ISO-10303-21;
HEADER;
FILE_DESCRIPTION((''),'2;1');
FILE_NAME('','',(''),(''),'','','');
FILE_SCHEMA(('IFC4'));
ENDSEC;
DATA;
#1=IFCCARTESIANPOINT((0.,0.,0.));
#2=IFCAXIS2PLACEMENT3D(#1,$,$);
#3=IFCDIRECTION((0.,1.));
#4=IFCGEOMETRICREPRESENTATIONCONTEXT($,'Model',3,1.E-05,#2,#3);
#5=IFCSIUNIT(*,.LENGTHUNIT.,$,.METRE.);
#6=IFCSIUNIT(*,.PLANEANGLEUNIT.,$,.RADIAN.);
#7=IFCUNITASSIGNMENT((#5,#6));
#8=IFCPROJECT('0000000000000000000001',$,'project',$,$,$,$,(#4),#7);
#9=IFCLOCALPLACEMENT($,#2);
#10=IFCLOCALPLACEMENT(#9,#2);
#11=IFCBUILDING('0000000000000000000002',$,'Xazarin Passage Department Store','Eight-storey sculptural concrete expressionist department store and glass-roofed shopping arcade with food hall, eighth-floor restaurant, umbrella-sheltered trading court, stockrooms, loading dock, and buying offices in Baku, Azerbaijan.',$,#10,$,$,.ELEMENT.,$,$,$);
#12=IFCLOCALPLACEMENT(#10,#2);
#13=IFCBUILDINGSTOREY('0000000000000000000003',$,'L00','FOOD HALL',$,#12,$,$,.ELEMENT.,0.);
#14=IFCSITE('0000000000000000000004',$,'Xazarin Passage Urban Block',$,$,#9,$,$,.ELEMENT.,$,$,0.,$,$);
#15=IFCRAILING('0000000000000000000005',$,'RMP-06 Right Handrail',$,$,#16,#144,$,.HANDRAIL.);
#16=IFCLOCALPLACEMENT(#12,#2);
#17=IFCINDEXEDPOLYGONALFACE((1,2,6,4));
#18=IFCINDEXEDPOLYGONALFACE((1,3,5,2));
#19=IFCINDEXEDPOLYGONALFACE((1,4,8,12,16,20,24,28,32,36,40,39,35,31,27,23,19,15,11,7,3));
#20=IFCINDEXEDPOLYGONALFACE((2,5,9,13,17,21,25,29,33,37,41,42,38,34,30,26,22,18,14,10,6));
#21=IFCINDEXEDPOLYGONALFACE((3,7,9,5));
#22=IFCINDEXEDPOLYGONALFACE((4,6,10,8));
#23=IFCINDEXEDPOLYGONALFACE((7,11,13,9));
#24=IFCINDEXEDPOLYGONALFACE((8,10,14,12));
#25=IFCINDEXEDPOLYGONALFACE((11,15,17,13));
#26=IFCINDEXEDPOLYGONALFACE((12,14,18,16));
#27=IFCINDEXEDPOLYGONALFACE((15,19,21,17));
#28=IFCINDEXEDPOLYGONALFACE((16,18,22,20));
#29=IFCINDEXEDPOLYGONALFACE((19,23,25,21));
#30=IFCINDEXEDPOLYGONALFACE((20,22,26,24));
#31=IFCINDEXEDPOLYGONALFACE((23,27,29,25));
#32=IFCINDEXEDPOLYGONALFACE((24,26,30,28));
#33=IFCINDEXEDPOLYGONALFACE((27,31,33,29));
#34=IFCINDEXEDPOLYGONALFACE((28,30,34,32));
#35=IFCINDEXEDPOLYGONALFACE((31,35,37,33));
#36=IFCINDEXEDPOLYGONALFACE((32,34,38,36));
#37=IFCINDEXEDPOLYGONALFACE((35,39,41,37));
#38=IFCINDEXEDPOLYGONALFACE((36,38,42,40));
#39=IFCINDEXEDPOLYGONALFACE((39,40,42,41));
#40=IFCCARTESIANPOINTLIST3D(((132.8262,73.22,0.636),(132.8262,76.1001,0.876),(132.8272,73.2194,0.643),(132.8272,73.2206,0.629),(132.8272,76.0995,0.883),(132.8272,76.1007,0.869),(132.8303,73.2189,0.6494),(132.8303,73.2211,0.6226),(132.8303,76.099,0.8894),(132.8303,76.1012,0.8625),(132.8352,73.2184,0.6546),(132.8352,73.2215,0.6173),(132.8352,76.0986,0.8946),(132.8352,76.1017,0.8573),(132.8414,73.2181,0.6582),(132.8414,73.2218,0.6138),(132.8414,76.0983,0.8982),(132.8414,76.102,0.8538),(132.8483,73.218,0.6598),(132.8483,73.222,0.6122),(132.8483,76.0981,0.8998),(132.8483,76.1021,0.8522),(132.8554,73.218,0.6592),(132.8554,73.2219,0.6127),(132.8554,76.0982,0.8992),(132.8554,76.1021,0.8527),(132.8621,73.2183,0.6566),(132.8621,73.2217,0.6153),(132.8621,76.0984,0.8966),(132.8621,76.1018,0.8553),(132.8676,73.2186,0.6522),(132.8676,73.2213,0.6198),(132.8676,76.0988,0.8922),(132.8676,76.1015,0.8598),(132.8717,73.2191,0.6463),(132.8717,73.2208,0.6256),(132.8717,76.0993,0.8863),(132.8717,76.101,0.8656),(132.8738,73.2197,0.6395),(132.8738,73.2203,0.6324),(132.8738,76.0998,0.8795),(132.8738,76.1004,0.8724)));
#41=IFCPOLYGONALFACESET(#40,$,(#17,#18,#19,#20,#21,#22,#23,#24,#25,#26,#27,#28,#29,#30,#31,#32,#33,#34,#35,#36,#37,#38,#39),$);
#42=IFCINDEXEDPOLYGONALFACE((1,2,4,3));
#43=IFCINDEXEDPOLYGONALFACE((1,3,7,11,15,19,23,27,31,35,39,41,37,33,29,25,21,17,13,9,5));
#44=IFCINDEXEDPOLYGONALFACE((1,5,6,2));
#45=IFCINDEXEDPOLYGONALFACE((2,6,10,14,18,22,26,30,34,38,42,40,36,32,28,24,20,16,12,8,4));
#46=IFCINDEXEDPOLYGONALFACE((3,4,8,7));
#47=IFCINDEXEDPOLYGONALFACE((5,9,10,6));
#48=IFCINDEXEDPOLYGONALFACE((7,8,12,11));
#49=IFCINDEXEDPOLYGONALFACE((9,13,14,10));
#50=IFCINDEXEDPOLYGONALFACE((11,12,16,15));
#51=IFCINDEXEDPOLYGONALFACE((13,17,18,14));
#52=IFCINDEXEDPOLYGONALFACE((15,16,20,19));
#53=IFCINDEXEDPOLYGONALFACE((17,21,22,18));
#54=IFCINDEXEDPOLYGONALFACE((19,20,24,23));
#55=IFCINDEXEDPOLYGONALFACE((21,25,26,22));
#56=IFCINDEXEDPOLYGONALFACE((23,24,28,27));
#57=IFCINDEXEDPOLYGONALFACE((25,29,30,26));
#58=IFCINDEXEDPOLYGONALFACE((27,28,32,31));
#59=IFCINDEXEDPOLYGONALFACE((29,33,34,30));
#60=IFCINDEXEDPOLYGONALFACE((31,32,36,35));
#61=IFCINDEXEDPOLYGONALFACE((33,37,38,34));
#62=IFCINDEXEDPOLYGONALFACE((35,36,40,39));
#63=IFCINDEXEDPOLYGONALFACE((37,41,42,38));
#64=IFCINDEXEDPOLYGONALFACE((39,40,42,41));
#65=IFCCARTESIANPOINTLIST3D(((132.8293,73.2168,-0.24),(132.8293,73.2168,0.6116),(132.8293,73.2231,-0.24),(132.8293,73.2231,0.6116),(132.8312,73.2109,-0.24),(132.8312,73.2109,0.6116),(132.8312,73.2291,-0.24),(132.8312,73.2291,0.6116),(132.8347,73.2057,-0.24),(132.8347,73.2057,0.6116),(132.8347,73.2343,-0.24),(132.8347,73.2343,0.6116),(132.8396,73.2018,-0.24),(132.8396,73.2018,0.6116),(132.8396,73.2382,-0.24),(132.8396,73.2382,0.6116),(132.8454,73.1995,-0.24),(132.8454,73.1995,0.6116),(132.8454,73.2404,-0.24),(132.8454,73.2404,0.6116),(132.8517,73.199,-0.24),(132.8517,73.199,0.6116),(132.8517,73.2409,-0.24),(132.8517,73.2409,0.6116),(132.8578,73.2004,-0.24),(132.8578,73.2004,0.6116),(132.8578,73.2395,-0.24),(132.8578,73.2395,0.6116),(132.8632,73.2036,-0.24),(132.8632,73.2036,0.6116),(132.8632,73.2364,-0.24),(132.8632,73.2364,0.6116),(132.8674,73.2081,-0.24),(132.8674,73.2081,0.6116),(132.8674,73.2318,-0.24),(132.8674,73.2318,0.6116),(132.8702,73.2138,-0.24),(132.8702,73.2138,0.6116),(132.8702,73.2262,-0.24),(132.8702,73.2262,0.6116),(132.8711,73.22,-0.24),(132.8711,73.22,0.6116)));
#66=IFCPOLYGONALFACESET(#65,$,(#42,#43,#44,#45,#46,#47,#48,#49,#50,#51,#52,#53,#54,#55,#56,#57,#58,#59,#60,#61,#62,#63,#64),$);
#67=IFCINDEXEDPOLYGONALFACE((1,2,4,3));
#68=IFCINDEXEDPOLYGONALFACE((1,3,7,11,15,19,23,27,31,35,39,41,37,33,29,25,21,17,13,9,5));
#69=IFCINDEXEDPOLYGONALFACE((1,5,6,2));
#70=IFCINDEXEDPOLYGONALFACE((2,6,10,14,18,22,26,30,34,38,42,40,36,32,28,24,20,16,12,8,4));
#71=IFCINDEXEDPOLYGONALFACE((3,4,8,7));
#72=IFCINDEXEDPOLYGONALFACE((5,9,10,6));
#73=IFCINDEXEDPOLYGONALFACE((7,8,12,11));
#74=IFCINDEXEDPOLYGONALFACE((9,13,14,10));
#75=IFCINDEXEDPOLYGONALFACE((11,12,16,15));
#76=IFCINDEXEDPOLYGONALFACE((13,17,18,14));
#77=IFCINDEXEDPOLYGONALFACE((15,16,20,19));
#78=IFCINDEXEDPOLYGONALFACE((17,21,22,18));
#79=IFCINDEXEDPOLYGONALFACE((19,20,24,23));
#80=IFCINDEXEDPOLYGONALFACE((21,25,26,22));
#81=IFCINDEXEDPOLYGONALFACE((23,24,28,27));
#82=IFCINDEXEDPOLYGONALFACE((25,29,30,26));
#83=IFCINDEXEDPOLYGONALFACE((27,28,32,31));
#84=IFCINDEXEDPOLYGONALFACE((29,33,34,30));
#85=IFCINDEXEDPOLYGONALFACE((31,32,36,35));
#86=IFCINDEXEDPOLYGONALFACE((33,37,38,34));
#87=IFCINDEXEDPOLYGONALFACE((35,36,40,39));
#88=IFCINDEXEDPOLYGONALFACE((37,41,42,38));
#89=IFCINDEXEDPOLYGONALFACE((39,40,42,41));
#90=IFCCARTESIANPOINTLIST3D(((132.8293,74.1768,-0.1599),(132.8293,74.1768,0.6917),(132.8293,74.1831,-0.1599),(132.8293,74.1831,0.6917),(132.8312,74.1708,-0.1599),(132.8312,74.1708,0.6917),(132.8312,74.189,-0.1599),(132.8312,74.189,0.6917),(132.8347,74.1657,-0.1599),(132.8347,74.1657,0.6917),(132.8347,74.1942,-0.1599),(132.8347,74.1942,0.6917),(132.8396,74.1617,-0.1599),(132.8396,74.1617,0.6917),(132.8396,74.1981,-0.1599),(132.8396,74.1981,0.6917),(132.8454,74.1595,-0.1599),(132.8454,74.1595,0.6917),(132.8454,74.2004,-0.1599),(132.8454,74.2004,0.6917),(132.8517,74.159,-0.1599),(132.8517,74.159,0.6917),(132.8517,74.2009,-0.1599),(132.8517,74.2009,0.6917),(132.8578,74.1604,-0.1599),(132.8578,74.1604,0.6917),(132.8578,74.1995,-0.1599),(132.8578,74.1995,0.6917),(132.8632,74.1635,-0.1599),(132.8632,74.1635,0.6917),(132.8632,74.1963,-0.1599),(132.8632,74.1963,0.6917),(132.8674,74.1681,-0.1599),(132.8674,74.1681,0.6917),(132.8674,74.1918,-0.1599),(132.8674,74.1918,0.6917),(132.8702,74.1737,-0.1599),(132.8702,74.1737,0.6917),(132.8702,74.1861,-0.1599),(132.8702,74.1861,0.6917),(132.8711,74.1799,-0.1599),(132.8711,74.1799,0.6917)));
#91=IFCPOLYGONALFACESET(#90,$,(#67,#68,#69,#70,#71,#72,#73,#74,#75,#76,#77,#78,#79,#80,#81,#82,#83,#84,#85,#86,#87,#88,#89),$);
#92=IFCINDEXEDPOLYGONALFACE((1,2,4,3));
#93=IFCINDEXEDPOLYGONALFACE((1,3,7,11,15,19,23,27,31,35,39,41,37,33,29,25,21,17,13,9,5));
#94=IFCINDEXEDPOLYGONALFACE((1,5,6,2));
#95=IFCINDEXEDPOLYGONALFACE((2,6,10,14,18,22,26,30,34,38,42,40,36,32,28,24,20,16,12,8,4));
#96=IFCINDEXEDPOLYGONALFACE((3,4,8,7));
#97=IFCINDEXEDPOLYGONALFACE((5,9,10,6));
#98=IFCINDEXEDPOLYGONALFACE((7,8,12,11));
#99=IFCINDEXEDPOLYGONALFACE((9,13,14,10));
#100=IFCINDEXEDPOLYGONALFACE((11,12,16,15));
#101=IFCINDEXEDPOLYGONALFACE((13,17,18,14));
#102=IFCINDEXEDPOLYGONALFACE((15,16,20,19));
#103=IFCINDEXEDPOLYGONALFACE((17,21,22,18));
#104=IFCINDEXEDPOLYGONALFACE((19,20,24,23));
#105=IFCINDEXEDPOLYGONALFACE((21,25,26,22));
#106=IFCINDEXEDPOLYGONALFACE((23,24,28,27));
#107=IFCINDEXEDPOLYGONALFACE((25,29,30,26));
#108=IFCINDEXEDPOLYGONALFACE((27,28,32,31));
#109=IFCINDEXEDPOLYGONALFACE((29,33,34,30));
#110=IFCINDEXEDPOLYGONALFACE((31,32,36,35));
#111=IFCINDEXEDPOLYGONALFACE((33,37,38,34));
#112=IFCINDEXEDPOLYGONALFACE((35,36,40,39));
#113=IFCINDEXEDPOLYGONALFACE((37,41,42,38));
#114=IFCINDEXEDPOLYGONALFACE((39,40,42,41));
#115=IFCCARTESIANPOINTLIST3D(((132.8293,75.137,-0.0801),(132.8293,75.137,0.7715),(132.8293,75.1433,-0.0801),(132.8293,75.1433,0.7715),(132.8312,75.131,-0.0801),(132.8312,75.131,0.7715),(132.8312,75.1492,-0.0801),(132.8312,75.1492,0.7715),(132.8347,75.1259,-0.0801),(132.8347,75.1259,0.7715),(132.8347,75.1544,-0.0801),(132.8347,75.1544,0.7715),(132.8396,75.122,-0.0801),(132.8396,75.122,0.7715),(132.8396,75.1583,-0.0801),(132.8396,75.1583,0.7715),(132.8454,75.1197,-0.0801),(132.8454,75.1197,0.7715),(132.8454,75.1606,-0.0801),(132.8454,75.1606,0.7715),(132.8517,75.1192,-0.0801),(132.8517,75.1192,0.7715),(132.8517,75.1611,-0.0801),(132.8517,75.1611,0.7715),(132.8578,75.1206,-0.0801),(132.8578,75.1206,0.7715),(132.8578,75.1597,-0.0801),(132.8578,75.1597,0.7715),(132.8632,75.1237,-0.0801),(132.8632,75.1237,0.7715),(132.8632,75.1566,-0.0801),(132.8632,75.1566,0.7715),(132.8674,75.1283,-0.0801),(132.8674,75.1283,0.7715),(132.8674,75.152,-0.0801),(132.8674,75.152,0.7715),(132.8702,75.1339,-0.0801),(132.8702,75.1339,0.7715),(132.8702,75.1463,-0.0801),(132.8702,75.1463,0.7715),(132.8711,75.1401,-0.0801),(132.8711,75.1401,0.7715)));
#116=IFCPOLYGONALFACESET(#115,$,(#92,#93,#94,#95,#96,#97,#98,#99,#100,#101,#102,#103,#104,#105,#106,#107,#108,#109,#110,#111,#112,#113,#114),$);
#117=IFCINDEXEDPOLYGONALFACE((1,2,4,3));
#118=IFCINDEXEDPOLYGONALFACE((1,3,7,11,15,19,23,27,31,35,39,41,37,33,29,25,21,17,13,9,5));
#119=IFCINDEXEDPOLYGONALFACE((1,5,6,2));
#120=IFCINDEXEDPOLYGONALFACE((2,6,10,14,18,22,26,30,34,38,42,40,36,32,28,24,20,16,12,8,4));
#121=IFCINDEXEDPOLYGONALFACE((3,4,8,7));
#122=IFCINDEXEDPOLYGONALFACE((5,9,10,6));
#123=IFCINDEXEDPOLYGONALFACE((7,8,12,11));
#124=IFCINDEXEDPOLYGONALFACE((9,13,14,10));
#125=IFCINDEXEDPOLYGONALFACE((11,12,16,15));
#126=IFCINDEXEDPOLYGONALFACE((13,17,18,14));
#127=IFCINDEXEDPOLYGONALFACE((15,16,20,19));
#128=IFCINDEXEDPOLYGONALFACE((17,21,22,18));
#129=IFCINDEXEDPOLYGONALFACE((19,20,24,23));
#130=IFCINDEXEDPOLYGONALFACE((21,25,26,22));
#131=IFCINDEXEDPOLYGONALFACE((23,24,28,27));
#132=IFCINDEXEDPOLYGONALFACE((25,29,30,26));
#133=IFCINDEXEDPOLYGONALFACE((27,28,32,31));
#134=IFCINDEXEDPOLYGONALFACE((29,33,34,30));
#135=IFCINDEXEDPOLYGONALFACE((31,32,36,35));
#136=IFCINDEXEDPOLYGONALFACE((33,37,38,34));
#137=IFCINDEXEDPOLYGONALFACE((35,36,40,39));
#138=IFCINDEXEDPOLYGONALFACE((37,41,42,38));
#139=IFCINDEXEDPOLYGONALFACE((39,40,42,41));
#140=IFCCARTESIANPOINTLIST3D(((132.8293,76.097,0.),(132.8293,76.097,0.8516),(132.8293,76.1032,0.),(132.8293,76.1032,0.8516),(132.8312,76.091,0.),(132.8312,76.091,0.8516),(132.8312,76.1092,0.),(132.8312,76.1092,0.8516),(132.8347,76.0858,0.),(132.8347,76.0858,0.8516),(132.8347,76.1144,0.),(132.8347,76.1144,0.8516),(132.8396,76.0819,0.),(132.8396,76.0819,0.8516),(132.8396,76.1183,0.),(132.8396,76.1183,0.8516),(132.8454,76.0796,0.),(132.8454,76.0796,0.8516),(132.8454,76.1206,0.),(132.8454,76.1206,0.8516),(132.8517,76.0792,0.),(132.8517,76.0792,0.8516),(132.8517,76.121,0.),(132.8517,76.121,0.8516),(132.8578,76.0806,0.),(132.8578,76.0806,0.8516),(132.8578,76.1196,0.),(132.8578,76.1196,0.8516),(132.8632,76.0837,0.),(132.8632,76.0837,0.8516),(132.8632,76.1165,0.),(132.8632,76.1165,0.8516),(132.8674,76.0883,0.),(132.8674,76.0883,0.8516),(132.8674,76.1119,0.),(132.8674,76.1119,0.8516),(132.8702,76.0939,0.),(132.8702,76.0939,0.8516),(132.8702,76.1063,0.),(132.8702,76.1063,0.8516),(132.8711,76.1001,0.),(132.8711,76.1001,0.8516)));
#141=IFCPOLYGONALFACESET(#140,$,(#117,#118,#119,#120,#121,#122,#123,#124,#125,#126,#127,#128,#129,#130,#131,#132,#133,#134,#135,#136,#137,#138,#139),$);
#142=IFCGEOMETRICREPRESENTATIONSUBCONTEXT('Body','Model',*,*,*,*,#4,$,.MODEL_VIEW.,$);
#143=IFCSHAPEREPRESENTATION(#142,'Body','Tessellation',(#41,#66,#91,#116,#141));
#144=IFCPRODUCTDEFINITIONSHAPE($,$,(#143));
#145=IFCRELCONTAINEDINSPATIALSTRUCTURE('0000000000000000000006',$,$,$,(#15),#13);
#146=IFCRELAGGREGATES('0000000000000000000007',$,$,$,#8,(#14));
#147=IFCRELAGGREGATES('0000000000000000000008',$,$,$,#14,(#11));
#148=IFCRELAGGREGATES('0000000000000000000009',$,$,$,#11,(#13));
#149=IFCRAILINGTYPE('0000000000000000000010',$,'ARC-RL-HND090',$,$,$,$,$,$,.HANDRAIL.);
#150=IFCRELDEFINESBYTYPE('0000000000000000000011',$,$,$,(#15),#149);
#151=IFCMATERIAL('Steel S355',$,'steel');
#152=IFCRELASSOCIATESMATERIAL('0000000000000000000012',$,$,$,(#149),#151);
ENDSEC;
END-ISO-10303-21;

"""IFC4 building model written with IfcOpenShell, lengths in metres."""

from ifc_helpers import new_model, si_unit, direction, frame, origin, origin_2d, place, context, subcontext, project, spatial, circle, extrude, material, type_object, element, save


model = new_model("IFC4")

# Units and contexts
model_context = context("Model", 3, precision=1e-05, world=origin(), true_north=direction((0.0, 1.0)))
body_context = subcontext(model_context, "Body", "Model", "MODEL_VIEW")
ifc_project = project(units=[si_unit("LENGTHUNIT", "METRE"), si_unit("PLANEANGLEUNIT", "RADIAN")], contexts=[model_context])

# Site, building, storey
site_placement = place(None, origin())
site = spatial("IfcSite", under=ifc_project, at=site_placement, Name="Xazarin Passage Urban Block", CompositionType="ELEMENT", RefElevation=0.0)
building_placement = place(site_placement, origin())
building = spatial("IfcBuilding", under=site, at=building_placement, Name="Xazarin Passage Department Store", Description="Eight-storey sculptural concrete expressionist department store and glass-roofed shopping arcade with food hall, eighth-floor restaurant, umbrella-sheltered trading court, stockrooms, loading dock, and buying offices in Baku, Azerbaijan.", CompositionType="ELEMENT")
storey_placement = place(building_placement, origin())
storey = spatial("IfcBuildingStorey", under=building, at=storey_placement, Name="L00", Description="FOOD HALL", CompositionType="ELEMENT", Elevation=0.0)

# Shared definitions
ifc_material_1 = material(Name="Steel S355", Category="steel")

# Railing
railing_type = type_object("IfcRailingType", Name="ARC-RL-HND090", PredefinedType="HANDRAIL", material=ifc_material_1)
for number, where, name in (
    (1, (132.8501, 73.22, -0.24), "RMP-06 Right Handrail"),
):
    element("IfcRailing", number, at=place(storey_placement, frame(where)), inside=storey, type_object=railing_type, Name=name, PredefinedType="HANDRAIL", context=body_context, shape_type="SweptSolid", body=[
        extrude(circle(Radius=0.0239, at=origin_2d()), frame((0.0, 0.0, 0.876), z_axis=(0.0, 0.996546, 0.083038), x_axis=(-1.0, 0.0, 0.0)), (0.0, 0.0, 1.0), 2.8901),
        extrude(circle(Radius=0.021, at=origin_2d()), origin(), (0.0, 0.0, 1.0), 0.8516),
        extrude(circle(Radius=0.021, at=origin_2d()), frame((0.0, 0.96, 0.0801)), (0.0, 0.0, 1.0), 0.8516),
        extrude(circle(Radius=0.021, at=origin_2d()), frame((0.0, 1.9202, 0.1599)), (0.0, 0.0, 1.0), 0.8516),
        extrude(circle(Radius=0.021, at=origin_2d()), frame((0.0, 2.8801, 0.24)), (0.0, 0.0, 1.0), 0.8516),
    ])

save(model, "model.ifc")
